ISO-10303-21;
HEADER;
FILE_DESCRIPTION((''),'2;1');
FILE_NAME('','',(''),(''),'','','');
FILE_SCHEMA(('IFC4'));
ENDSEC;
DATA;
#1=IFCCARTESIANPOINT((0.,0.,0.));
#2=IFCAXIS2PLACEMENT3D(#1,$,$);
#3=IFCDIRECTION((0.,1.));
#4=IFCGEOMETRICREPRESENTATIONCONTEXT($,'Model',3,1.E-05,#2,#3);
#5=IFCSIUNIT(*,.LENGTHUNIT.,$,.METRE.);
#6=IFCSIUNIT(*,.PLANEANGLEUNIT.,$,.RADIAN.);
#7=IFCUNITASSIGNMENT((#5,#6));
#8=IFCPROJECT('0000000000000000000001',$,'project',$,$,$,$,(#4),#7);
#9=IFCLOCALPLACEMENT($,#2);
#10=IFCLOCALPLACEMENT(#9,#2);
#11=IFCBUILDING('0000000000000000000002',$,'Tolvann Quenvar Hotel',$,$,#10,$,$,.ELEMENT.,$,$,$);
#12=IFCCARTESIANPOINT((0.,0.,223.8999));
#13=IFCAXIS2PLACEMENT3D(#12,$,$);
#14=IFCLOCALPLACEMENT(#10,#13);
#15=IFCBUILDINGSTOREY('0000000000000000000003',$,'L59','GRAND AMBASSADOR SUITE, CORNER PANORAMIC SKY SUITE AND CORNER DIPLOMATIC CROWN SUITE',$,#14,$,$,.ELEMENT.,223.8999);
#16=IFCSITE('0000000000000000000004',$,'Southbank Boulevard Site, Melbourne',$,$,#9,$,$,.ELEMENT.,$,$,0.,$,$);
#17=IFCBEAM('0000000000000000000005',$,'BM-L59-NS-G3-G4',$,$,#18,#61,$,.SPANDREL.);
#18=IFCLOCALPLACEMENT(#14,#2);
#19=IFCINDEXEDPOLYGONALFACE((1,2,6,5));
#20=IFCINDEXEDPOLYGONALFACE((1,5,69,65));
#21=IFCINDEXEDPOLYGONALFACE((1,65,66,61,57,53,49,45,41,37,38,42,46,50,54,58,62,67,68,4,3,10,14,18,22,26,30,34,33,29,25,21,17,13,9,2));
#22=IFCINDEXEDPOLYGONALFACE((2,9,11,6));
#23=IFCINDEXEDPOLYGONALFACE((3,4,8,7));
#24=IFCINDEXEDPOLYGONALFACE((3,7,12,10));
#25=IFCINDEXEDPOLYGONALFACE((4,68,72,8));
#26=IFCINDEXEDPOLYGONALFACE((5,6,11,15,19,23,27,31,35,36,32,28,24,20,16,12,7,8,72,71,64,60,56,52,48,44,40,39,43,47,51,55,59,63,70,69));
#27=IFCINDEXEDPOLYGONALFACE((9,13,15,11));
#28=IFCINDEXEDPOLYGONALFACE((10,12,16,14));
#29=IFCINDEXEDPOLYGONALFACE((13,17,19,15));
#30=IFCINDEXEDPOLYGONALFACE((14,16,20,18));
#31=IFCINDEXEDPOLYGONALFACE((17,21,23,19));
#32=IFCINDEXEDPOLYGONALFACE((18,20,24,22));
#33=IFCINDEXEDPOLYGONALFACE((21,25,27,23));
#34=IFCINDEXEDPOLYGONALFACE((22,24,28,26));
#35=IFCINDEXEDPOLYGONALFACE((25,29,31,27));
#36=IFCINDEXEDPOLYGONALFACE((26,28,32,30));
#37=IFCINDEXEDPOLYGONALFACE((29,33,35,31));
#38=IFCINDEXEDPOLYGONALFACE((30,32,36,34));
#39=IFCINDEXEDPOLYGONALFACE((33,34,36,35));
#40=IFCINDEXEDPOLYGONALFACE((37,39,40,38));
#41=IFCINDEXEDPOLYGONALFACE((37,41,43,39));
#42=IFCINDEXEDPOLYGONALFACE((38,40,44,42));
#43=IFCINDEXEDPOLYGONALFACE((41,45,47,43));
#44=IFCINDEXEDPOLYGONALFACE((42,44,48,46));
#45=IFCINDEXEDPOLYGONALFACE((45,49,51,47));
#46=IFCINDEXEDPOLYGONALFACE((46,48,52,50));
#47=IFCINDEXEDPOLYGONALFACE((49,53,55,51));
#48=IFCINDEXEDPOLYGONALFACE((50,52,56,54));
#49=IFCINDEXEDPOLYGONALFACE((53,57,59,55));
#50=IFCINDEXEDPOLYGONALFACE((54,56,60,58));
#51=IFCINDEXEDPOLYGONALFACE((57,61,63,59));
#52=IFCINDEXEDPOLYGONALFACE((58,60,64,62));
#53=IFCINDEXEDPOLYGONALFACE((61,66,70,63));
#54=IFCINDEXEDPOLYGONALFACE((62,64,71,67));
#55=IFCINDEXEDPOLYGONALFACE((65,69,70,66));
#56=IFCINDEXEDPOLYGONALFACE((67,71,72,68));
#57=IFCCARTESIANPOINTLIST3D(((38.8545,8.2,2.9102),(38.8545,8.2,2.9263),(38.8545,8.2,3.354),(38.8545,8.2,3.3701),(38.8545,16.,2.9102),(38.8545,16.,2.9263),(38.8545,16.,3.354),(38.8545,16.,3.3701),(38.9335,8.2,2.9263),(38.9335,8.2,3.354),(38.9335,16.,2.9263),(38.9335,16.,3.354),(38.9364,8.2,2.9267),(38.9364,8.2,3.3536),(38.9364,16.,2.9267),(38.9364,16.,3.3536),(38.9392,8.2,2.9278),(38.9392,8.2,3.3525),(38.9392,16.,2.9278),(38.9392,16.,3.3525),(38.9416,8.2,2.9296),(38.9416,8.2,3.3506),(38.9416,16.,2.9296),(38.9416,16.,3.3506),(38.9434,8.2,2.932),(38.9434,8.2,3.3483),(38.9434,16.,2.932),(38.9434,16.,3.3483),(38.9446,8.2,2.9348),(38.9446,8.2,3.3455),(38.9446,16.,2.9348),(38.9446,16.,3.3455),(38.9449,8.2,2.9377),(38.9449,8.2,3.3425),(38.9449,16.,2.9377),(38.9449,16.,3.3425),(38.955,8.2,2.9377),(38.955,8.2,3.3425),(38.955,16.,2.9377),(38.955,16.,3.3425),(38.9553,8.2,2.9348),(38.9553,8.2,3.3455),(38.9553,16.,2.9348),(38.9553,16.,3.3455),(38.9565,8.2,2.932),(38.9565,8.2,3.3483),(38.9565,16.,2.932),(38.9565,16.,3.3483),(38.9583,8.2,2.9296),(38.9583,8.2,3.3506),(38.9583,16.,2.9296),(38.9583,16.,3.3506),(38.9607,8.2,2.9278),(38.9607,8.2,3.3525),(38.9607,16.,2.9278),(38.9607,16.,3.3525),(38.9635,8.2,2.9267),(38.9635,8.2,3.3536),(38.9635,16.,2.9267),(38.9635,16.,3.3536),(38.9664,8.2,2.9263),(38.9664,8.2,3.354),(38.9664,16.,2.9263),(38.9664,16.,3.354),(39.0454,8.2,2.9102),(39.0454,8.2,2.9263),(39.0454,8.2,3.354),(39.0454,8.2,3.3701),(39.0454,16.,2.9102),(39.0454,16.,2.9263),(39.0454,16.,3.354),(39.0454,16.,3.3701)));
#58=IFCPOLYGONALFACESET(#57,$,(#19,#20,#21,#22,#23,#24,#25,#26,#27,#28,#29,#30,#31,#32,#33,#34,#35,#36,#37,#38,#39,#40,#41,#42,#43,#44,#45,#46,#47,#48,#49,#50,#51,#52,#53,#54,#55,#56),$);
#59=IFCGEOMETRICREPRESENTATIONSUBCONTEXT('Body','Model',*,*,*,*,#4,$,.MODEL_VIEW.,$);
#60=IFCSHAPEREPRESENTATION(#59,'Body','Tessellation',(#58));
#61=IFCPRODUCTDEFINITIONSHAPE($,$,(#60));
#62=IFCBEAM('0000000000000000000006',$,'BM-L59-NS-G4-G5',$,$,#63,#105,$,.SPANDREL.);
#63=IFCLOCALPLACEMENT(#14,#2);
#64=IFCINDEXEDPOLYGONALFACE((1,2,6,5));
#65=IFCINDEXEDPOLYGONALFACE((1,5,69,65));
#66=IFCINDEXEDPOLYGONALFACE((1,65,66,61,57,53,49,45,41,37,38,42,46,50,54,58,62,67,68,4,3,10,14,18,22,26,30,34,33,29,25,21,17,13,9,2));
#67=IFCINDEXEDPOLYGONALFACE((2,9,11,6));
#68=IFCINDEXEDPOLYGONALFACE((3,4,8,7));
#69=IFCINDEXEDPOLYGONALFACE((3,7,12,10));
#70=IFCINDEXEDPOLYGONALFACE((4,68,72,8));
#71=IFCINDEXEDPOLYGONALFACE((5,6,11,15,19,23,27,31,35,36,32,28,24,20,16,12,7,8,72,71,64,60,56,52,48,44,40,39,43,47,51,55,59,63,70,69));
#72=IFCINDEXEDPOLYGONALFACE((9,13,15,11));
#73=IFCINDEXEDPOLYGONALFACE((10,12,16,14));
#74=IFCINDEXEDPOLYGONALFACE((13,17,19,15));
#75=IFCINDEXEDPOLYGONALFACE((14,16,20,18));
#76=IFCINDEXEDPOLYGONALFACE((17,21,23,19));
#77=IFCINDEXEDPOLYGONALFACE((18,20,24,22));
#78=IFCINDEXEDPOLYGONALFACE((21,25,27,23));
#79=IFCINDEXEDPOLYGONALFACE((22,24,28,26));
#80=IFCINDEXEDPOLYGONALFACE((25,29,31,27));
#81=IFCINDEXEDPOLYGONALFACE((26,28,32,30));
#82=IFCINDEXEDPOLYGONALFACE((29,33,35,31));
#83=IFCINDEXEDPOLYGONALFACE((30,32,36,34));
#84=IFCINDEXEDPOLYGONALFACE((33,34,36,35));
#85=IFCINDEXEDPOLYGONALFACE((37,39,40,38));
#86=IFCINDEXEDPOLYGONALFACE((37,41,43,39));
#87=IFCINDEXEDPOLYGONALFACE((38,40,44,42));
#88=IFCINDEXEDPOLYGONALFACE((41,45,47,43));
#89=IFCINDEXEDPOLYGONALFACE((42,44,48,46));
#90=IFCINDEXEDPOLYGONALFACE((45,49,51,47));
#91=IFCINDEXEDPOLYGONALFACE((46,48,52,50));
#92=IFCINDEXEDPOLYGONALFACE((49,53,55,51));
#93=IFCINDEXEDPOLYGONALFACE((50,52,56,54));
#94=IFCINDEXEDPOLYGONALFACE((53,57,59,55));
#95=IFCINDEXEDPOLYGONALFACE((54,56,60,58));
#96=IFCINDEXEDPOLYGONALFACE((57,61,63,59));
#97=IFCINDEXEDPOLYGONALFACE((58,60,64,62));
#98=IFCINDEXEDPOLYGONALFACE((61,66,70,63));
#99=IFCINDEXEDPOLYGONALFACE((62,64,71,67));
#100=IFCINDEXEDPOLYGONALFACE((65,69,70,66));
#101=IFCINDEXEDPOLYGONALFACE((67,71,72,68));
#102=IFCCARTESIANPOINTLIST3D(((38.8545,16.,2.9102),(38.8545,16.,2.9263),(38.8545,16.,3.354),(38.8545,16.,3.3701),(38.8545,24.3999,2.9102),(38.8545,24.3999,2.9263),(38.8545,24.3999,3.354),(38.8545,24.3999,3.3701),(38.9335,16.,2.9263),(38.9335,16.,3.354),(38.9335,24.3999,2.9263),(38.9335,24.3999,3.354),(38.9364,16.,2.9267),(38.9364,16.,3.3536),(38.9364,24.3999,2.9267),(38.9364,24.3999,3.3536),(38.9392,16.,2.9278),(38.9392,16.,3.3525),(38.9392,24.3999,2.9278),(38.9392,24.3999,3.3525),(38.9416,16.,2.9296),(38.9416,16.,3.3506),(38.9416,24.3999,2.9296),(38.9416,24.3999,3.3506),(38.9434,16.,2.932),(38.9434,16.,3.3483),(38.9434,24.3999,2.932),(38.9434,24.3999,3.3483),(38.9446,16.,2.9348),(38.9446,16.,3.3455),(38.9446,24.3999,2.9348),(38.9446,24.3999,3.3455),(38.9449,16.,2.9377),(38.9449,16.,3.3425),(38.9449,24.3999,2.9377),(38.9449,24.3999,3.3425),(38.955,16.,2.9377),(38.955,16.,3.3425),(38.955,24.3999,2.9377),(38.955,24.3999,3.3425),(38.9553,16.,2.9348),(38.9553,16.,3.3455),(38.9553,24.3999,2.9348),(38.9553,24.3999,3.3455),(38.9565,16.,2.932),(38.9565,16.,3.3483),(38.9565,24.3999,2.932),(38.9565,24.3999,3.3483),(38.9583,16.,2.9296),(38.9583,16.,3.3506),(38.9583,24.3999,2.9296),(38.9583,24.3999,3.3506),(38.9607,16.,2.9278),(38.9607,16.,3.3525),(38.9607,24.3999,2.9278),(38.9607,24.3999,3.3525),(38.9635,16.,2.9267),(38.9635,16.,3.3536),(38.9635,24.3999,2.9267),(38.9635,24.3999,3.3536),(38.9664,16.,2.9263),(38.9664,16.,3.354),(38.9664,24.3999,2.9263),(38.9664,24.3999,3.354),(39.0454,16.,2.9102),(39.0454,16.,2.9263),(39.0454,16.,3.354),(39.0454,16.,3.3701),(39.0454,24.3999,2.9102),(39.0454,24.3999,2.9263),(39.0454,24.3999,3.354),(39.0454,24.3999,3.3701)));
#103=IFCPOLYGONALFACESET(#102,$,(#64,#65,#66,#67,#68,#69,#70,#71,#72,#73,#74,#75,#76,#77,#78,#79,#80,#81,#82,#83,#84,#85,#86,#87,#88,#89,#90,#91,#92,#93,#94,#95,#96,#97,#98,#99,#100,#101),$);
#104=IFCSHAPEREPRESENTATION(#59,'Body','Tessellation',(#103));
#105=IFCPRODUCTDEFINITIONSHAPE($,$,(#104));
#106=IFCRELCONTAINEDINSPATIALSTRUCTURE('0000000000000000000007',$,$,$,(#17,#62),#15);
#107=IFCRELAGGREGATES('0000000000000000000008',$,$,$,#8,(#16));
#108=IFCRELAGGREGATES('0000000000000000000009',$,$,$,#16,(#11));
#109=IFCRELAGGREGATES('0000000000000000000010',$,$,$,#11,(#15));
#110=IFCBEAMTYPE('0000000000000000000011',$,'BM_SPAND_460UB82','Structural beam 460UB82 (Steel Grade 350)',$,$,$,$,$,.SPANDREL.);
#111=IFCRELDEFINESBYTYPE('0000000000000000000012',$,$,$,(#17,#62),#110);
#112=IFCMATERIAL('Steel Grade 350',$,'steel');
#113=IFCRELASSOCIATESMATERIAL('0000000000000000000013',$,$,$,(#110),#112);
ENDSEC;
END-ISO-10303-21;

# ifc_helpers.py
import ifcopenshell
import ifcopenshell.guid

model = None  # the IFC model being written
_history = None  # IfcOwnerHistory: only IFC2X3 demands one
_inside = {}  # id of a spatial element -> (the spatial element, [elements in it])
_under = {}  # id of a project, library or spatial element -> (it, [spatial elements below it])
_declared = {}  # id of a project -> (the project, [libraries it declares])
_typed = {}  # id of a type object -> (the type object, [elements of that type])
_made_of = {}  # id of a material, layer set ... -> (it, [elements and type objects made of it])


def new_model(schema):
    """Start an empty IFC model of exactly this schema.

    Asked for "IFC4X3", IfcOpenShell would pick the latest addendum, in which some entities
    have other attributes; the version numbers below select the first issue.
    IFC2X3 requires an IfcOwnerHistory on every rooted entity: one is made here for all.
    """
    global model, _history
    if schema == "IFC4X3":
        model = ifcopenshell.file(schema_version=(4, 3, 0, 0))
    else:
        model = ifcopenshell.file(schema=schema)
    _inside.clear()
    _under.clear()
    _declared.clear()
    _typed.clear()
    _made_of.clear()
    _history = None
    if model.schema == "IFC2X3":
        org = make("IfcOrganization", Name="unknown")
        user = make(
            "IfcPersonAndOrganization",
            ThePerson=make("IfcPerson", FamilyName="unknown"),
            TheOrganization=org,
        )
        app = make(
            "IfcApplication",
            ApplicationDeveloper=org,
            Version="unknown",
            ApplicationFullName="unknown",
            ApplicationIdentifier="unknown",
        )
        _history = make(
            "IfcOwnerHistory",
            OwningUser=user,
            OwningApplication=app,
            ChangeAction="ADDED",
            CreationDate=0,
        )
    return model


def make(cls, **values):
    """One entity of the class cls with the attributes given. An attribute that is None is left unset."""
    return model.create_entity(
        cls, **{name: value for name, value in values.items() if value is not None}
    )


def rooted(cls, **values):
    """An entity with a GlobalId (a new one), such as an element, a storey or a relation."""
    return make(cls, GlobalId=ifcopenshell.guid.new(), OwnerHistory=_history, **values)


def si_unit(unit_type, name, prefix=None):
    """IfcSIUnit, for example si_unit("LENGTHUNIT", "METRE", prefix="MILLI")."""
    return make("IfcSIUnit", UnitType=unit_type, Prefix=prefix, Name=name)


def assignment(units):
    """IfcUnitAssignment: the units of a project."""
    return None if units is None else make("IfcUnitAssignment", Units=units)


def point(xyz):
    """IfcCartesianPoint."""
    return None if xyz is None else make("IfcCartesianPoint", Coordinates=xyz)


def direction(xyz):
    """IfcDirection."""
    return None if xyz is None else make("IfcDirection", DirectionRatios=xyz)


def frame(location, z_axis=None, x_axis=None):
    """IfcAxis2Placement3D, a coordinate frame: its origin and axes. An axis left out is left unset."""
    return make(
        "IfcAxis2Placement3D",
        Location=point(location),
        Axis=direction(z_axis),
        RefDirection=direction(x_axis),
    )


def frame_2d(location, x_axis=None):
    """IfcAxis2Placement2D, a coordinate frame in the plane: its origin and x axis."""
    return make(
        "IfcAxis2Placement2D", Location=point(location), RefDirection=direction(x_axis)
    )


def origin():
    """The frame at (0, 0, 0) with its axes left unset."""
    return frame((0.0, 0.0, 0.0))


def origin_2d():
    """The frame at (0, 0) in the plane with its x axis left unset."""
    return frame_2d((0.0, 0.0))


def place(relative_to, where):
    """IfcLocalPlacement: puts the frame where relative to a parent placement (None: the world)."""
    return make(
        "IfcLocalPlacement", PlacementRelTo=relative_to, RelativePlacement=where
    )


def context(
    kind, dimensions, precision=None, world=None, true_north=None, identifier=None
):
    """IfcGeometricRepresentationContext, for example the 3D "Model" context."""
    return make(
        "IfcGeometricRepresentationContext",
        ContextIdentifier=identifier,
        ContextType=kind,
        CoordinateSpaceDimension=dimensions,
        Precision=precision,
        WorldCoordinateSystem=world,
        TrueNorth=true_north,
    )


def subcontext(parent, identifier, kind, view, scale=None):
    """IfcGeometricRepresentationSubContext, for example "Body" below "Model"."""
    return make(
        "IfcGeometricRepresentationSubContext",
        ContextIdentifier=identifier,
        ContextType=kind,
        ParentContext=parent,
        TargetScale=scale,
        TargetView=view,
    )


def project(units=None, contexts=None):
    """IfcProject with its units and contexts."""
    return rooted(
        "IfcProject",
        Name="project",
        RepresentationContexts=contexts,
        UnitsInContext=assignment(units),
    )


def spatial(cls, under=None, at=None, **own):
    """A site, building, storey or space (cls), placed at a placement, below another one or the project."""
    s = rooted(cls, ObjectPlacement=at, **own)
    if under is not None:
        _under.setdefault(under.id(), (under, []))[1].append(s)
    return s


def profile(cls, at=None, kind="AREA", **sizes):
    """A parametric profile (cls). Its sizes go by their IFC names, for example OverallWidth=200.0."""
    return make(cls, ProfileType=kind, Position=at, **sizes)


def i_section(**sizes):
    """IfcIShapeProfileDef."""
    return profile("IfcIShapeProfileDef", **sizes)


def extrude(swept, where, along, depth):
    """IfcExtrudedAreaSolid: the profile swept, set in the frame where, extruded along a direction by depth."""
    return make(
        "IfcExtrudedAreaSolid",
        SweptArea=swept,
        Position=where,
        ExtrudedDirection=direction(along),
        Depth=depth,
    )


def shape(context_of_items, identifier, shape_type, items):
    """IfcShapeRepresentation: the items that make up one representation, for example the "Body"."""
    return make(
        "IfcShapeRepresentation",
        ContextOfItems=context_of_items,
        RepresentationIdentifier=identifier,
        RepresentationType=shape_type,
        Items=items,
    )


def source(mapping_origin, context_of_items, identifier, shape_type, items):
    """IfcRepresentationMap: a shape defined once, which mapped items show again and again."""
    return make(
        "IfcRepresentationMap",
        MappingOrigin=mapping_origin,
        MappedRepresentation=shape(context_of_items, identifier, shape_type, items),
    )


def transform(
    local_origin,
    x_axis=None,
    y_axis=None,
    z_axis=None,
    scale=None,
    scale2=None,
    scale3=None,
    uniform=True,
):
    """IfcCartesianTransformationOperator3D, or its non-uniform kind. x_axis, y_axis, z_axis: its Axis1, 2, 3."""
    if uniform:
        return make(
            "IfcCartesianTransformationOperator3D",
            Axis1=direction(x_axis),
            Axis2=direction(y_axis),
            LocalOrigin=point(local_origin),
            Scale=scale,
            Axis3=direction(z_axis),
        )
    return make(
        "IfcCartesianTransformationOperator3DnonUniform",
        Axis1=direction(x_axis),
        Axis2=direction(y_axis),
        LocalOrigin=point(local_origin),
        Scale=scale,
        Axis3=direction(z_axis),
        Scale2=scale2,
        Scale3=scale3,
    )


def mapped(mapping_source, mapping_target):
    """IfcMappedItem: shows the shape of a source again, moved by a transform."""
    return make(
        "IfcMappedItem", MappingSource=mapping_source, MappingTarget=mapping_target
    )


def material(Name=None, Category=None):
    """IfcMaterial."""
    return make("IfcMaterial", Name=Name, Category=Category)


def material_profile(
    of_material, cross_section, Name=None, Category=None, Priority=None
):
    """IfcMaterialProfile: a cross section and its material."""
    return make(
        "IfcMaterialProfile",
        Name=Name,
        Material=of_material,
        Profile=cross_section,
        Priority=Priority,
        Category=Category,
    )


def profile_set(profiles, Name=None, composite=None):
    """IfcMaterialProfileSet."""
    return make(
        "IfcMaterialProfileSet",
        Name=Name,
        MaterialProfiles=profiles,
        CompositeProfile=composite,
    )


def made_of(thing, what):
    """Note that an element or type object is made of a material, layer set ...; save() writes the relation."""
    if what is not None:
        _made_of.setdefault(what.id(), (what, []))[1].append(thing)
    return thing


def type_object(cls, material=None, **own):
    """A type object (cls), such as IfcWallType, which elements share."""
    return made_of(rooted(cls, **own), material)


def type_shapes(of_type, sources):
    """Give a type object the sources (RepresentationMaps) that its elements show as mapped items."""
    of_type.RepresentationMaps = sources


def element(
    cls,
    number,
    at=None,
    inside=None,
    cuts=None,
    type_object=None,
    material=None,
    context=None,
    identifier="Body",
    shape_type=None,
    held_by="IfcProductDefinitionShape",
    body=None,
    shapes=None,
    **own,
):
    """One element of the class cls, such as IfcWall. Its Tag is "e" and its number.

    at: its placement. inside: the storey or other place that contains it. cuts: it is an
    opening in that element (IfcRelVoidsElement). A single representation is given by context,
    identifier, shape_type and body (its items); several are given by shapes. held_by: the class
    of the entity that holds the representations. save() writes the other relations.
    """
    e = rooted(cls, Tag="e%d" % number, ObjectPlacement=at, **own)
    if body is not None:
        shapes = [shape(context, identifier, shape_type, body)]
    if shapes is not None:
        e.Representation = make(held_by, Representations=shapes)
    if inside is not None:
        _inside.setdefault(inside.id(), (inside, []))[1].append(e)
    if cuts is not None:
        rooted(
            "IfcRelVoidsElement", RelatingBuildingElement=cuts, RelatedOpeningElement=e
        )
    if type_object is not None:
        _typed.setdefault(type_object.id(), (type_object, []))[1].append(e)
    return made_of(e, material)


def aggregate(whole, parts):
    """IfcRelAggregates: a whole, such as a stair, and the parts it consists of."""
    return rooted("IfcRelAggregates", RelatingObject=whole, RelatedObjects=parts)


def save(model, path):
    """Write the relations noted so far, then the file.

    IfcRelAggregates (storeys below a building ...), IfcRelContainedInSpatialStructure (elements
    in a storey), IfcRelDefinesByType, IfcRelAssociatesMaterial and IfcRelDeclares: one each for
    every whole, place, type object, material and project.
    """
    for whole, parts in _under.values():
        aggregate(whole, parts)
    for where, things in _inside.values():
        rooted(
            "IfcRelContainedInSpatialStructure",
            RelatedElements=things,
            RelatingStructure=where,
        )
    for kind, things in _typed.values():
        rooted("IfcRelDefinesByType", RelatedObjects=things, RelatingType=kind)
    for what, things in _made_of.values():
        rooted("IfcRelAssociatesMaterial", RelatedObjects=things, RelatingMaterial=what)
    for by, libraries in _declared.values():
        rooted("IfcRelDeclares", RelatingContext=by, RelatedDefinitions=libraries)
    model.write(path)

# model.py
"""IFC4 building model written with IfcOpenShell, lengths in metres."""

from ifc_helpers import new_model, si_unit, direction, frame, origin, origin_2d, place, context, subcontext, project, spatial, i_section, extrude, source, transform, mapped, material, material_profile, profile_set, type_object, type_shapes, element, save


model = new_model("IFC4")

# Units and contexts
model_context = context("Model", 3, precision=1e-05, world=origin(), true_north=direction((0.0, 1.0)))
body_context = subcontext(model_context, "Body", "Model", "MODEL_VIEW")
ifc_project = project(units=[si_unit("LENGTHUNIT", "METRE"), si_unit("PLANEANGLEUNIT", "RADIAN")], contexts=[model_context])

# Site, building, storey
site_placement = place(None, origin())
site = spatial("IfcSite", under=ifc_project, at=site_placement, Name="Southbank Boulevard Site, Melbourne", CompositionType="ELEMENT", RefElevation=0.0)
building_placement = place(site_placement, origin())
building = spatial("IfcBuilding", under=site, at=building_placement, Name="Tolvann Quenvar Hotel", CompositionType="ELEMENT")
storey_placement = place(building_placement, frame((0.0, 0.0, 223.8999)))
storey = spatial("IfcBuildingStorey", under=building, at=storey_placement, Name="L59", Description="GRAND AMBASSADOR SUITE, CORNER PANORAMIC SKY SUITE AND CORNER DIPLOMATIC CROWN SUITE", CompositionType="ELEMENT", Elevation=223.8999)

# Shared definitions
ifc_material_1 = material(Name="Steel Grade 350", Category="steel")

# Beams
ifc_material_profile_1 = material_profile(ifc_material_1, i_section(OverallWidth=0.1909, OverallDepth=0.46, WebThickness=0.01, FlangeThickness=0.0161, FilletRadius=0.0115, at=origin_2d()), Name="460UB82")
ifc_profile_set_1 = profile_set([ifc_material_profile_1], Name="Steel Grade 350")
beam_type_1 = type_object("IfcBeamType", Name="BM_SPAND_460UB82", Description="Structural beam 460UB82 (Steel Grade 350)", PredefinedType="SPANDREL", material=ifc_profile_set_1)
shared_shape_1 = source(origin(), body_context, "Body", "SweptSolid", [
    extrude(i_section(OverallWidth=0.1909, OverallDepth=0.46, WebThickness=0.01, FlangeThickness=0.0161, FilletRadius=0.0115, at=origin_2d()), origin(), (0.0, 0.0, 1.0), 7.8),
])
beam_1_placement = place(storey_placement, frame((38.95, 8.2, 3.1401), z_axis=(0.0, 1.0, 0.0), x_axis=(-1.0, 0.0, 0.0)))
element("IfcBeam", 1, at=beam_1_placement, inside=storey, type_object=beam_type_1, Name="BM-L59-NS-G3-G4", PredefinedType="SPANDREL", context=body_context, shape_type="MappedRepresentation", body=[
    mapped(shared_shape_1, transform((0.0, 0.0, 0.0), x_axis=(1.0, 0.0, 0.0), y_axis=(0.0, 1.0, 0.0), z_axis=(0.0, 0.0, 1.0), scale=1.0)),
])
shared_shape_2 = source(origin(), body_context, "Body", "SweptSolid", [
    extrude(i_section(OverallWidth=0.1909, OverallDepth=0.46, WebThickness=0.01, FlangeThickness=0.0161, FilletRadius=0.0115, at=origin_2d()), origin(), (0.0, 0.0, 1.0), 8.3999),
])
type_shapes(beam_type_1, [shared_shape_1, shared_shape_2])
beam_2_placement = place(storey_placement, frame((38.95, 16.0, 3.1401), z_axis=(0.0, 1.0, 0.0), x_axis=(-1.0, 0.0, 0.0)))
element("IfcBeam", 2, at=beam_2_placement, inside=storey, type_object=beam_type_1, Name="BM-L59-NS-G4-G5", PredefinedType="SPANDREL", context=body_context, shape_type="MappedRepresentation", body=[
    mapped(shared_shape_2, transform((0.0, 0.0, 0.0), x_axis=(1.0, 0.0, 0.0), y_axis=(0.0, 1.0, 0.0), z_axis=(0.0, 0.0, 1.0), scale=1.0)),
])

save(model, "model.ifc")
